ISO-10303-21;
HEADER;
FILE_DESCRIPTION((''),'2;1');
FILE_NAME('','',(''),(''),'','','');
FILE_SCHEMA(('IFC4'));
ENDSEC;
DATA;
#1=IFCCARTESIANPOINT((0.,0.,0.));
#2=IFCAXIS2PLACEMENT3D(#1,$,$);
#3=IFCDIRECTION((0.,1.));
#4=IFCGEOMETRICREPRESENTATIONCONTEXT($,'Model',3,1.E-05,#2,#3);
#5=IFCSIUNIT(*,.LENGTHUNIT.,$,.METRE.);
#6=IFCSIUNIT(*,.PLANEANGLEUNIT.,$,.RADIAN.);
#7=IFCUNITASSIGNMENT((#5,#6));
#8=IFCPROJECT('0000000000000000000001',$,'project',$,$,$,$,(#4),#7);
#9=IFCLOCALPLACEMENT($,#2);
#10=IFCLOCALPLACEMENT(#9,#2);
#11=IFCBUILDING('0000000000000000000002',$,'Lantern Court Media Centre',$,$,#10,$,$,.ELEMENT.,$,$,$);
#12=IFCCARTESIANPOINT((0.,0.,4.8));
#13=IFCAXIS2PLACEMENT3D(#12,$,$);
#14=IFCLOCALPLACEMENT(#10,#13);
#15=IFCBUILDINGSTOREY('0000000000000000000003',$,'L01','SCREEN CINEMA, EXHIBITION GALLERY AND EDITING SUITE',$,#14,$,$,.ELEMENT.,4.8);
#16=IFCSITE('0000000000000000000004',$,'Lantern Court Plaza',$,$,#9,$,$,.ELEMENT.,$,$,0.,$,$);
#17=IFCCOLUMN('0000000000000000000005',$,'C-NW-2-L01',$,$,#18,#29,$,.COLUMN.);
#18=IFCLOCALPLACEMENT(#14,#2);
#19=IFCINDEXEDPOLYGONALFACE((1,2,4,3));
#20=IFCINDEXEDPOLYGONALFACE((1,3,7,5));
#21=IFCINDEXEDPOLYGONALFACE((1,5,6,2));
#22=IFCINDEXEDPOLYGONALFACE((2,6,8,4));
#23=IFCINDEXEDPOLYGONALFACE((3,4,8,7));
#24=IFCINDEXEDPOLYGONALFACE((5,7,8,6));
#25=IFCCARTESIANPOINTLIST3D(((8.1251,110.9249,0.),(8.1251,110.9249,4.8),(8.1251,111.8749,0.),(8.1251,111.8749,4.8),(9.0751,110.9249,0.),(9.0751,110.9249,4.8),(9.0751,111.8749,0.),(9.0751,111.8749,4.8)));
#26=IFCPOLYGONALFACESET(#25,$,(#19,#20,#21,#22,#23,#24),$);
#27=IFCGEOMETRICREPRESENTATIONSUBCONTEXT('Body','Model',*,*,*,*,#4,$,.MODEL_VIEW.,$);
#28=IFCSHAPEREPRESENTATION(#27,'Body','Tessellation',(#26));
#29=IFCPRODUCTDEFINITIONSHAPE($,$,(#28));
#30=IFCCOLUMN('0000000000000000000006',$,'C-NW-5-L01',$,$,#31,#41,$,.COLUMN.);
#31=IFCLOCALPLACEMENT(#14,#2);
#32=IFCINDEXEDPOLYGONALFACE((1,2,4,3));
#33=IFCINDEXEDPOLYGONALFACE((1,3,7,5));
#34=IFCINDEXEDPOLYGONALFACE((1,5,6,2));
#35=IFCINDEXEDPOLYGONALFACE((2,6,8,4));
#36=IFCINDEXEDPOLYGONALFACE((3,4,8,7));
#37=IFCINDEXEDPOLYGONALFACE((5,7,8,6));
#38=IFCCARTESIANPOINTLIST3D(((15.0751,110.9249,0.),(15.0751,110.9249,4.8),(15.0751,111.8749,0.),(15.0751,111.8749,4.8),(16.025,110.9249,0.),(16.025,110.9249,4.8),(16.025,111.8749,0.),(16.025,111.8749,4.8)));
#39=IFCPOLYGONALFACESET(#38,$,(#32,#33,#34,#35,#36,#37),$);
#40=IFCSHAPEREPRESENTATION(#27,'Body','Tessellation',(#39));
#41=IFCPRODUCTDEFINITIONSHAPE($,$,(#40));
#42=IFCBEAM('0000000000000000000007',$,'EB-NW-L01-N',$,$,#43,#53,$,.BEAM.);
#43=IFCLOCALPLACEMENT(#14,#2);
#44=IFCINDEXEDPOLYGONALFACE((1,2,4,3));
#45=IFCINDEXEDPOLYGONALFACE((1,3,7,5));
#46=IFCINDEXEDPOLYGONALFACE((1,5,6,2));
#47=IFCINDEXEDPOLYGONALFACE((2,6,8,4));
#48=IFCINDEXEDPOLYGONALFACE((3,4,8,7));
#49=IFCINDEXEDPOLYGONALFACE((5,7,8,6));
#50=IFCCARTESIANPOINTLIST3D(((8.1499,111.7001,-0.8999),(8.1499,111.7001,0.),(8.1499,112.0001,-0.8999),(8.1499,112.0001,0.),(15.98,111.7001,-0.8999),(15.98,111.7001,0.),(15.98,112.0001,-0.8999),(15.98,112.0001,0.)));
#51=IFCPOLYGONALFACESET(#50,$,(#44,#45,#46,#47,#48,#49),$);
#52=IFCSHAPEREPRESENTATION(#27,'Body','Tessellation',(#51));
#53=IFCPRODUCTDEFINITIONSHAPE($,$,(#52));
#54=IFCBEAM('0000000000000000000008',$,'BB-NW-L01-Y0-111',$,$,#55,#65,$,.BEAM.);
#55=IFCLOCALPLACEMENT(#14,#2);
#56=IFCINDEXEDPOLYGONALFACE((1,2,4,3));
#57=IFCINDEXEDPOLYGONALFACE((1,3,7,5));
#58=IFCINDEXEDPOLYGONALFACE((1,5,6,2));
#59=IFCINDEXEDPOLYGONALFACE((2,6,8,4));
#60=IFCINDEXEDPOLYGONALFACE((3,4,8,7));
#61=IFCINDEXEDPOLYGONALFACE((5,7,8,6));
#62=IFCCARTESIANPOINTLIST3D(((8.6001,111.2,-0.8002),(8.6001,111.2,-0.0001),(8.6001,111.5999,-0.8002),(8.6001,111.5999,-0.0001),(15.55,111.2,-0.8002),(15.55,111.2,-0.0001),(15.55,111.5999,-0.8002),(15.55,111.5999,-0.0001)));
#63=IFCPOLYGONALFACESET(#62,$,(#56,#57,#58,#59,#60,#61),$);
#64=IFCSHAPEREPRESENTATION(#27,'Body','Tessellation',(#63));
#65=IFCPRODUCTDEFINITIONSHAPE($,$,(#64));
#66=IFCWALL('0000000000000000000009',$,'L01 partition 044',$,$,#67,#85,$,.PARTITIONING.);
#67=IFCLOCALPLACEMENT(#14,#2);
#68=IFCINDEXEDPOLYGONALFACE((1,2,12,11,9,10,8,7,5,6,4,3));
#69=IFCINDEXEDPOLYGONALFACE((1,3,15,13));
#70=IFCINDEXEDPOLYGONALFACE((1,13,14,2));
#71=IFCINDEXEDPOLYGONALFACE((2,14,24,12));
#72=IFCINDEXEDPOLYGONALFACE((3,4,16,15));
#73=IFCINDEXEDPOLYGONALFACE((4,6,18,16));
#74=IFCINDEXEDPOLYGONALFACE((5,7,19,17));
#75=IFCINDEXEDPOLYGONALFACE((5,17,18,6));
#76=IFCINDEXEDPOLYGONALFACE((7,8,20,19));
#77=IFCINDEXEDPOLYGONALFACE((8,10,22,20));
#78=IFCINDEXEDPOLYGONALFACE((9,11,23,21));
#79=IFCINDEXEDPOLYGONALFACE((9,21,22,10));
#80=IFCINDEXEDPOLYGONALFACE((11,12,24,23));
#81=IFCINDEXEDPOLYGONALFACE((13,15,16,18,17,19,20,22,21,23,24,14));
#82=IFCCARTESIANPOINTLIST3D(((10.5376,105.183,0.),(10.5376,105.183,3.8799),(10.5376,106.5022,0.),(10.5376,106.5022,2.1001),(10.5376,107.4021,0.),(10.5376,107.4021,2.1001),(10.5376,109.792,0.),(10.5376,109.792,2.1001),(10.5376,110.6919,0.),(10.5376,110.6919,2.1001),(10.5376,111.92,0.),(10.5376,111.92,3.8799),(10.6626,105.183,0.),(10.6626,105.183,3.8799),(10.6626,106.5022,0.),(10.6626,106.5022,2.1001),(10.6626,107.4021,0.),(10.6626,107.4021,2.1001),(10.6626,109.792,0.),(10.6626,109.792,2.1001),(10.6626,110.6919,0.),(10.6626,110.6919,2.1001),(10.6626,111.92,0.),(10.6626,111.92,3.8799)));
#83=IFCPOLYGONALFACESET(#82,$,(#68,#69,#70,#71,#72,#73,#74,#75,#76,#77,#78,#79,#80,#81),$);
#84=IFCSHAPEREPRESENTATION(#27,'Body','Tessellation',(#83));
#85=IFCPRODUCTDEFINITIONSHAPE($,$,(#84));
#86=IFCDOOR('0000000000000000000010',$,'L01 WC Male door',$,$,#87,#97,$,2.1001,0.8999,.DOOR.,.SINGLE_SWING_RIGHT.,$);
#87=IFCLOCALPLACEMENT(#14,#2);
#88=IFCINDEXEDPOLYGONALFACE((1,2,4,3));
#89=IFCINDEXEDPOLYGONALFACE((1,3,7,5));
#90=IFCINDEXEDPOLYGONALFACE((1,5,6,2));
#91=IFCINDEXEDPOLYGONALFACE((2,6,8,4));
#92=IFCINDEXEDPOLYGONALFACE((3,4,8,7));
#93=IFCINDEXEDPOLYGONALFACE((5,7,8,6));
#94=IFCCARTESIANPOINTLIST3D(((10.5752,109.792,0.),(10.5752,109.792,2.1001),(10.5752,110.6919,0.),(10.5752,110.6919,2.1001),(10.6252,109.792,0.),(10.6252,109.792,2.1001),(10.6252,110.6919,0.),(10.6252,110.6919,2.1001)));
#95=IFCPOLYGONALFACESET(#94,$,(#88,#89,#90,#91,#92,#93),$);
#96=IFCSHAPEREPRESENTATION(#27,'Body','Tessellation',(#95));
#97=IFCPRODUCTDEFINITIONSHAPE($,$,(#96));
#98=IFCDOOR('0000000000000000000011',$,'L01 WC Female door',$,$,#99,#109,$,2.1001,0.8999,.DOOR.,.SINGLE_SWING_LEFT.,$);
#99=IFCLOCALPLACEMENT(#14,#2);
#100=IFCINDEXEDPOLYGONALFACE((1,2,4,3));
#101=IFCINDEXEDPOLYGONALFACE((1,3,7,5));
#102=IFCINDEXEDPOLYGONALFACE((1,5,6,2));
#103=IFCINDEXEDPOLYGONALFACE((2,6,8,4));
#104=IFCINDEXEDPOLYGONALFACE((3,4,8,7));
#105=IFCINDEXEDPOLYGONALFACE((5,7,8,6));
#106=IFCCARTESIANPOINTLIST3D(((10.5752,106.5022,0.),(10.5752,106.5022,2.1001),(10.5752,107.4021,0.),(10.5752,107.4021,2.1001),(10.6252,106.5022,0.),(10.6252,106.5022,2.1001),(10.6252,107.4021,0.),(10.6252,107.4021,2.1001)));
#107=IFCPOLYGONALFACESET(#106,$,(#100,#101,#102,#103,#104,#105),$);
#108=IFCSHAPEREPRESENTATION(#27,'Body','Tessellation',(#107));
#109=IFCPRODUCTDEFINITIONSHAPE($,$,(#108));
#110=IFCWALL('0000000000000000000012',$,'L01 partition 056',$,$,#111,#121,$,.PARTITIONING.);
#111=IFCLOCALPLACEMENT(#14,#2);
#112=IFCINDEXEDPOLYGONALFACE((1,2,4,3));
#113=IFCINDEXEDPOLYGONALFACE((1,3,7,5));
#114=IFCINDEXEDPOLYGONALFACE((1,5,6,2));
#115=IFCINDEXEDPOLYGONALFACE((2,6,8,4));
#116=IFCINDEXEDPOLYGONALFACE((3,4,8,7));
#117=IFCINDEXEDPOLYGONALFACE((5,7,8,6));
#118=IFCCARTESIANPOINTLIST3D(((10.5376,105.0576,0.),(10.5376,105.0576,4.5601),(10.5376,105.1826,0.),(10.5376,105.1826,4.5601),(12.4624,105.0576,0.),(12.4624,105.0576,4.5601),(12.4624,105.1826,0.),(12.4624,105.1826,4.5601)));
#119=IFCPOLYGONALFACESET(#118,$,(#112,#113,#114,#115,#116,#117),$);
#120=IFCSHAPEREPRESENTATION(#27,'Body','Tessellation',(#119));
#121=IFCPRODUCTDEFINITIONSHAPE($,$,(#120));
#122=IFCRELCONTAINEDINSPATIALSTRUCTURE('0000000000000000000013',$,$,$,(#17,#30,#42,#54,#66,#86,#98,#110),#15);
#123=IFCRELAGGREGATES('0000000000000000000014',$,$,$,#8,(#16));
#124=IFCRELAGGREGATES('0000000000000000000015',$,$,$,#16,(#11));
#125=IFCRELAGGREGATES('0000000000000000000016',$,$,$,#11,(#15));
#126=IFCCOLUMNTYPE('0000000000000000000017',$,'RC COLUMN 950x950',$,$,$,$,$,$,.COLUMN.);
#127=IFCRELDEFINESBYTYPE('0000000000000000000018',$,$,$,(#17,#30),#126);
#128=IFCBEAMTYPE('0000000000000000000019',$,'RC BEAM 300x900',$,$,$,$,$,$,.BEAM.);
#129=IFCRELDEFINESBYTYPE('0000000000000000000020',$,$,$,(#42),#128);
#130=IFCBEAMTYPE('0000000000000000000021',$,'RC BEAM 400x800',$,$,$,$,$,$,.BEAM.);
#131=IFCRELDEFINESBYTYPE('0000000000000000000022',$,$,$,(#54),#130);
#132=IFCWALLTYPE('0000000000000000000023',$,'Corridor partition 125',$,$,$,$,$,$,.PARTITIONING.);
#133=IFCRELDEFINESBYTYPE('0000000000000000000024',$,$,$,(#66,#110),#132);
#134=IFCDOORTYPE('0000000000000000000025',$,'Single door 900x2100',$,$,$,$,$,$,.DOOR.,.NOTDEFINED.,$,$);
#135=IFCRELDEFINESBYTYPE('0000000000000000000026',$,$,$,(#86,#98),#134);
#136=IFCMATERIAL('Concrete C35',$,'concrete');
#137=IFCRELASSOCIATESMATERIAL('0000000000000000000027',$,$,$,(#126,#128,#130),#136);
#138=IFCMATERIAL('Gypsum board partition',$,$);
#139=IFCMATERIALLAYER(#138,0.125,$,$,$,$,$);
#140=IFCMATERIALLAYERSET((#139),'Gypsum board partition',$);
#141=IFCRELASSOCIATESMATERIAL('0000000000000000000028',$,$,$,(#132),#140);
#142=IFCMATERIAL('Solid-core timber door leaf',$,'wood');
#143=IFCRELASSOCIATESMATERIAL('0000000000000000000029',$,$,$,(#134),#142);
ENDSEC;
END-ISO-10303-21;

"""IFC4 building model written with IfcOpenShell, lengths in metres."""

from ifc_helpers import new_model, si_unit, direction, frame, frame_2d, origin, origin_2d, place, context, subcontext, project, spatial, rectangle, extrude, material, layer, layer_set, material_profile, profile_set, type_object, element, fill, save


model = new_model("IFC4")

# Units and contexts
model_context = context("Model", 3, precision=1e-05, world=origin(), true_north=direction((0.0, 1.0)))
body_context = subcontext(model_context, "Body", "Model", "MODEL_VIEW")
ifc_project = project(units=[si_unit("LENGTHUNIT", "METRE"), si_unit("PLANEANGLEUNIT", "RADIAN")], contexts=[model_context])

# Site, building, storey
site_placement = place(None, origin())
site = spatial("IfcSite", under=ifc_project, at=site_placement, Name="Lantern Court Plaza", CompositionType="ELEMENT", RefElevation=0.0)
building_placement = place(site_placement, origin())
building = spatial("IfcBuilding", under=site, at=building_placement, Name="Lantern Court Media Centre", CompositionType="ELEMENT")
storey_placement = place(building_placement, frame((0.0, 0.0, 4.8)))
storey = spatial("IfcBuildingStorey", under=building, at=storey_placement, Name="L01", Description="SCREEN CINEMA, EXHIBITION GALLERY AND EDITING SUITE", CompositionType="ELEMENT", Elevation=4.8)

# Columns
ifc_material_1 = material(Name="Concrete C35", Category="concrete")
ifc_material_profile_1 = material_profile(ifc_material_1, rectangle(XDim=0.95, YDim=0.95, at=origin_2d()), Name="RC 950x950")
ifc_profile_set_1 = profile_set([ifc_material_profile_1], Name="Concrete C35")
column_type = type_object("IfcColumnType", Name="RC COLUMN 950x950", PredefinedType="COLUMN", material=ifc_profile_set_1)
for number, where, z_axis, x_axis, name in (
    (1, (8.6001, 111.3999, 0.0), (0.0, 0.0, 1.0), (1.0, 0.0, 0.0), "C-NW-2-L01"),
    (2, (15.55, 111.3999, 0.0), (0.0, 0.0, 1.0), (1.0, 0.0, 0.0), "C-NW-5-L01"),
):
    element("IfcColumn", number, at=place(storey_placement, frame(where, z_axis=z_axis, x_axis=x_axis)), inside=storey, type_object=column_type, Name=name, PredefinedType="COLUMN", context=body_context, shape_type="SweptSolid", body=[
        extrude(rectangle(XDim=0.95, YDim=0.95, at=origin_2d()), origin(), (0.0, 0.0, 1.0), 4.8),
    ])

# Beams
ifc_material_profile_2 = material_profile(ifc_material_1, rectangle(XDim=0.3, YDim=0.8999, at=origin_2d()), Name="RC 300x900")
ifc_profile_set_2 = profile_set([ifc_material_profile_2], Name="Concrete C35")
beam_type_1 = type_object("IfcBeamType", Name="RC BEAM 300x900", PredefinedType="BEAM", material=ifc_profile_set_2)
beam_1_placement = place(storey_placement, frame((8.1499, 111.8501, -0.45), z_axis=(1.0, 0.0, 0.0), x_axis=(0.0, 1.0, 0.0)))
element("IfcBeam", 3, at=beam_1_placement, inside=storey, type_object=beam_type_1, Name="EB-NW-L01-N", PredefinedType="BEAM", context=body_context, shape_type="SweptSolid", body=[
    extrude(rectangle(XDim=0.3, YDim=0.8999, at=origin_2d()), origin(), (0.0, 0.0, 1.0), 7.8301),
])
ifc_material_profile_3 = material_profile(ifc_material_1, rectangle(XDim=0.3999, YDim=0.8, at=origin_2d()), Name="RC 400x800")
ifc_profile_set_3 = profile_set([ifc_material_profile_3], Name="Concrete C35")
beam_type_2 = type_object("IfcBeamType", Name="RC BEAM 400x800", PredefinedType="BEAM", material=ifc_profile_set_3)
beam_2_placement = place(storey_placement, frame((8.6001, 111.3999, -0.4001), z_axis=(1.0, 0.0, 0.0), x_axis=(0.0, 1.0, 0.0)))
element("IfcBeam", 4, at=beam_2_placement, inside=storey, type_object=beam_type_2, Name="BB-NW-L01-Y0-111", PredefinedType="BEAM", context=body_context, shape_type="SweptSolid", body=[
    extrude(rectangle(XDim=0.3999, YDim=0.8, at=origin_2d()), origin(), (0.0, 0.0, 1.0), 6.95),
])

# Wall, openings, doors
ifc_material_2 = material(Name="Gypsum board partition")
ifc_layer_1 = layer(ifc_material_2, 0.125)
ifc_layer_set_1 = layer_set([ifc_layer_1], Name="Gypsum board partition")
wall_type_1 = type_object("IfcWallType", Name="Corridor partition 125", PredefinedType="PARTITIONING", material=ifc_layer_set_1)
wall_1_placement = place(storey_placement, frame((10.6001, 105.1829, 0.0), z_axis=(0.0, 0.0, 1.0), x_axis=(0.0, 1.0, 0.0)))
wall_1 = element("IfcWall", 5, at=wall_1_placement, inside=storey, type_object=wall_type_1, Name="L01 partition 044", PredefinedType="PARTITIONING", context=body_context, shape_type="SweptSolid", body=[
    extrude(rectangle(XDim=6.7371, YDim=0.125, at=frame_2d((3.3687, 0.0))), origin(), (0.0, 0.0, 1.0), 3.8799),
])
opening_1_placement = place(wall_1_placement, frame((4.6091, 0.0, 0.0)))
opening_1 = element("IfcOpeningElement", 6, at=opening_1_placement, cuts=wall_1, PredefinedType="OPENING", context=body_context, shape_type="SweptSolid", body=[
    extrude(rectangle(XDim=0.8999, YDim=2.1001, at=frame_2d((0.45, 1.05))), frame((0.0, 0.0725, 0.0), z_axis=(0.0, -1.0, 0.0), x_axis=(1.0, 0.0, 0.0)), (0.0, 0.0, 1.0), 0.145),
])
opening_2_placement = place(wall_1_placement, frame((1.3193, 0.0, 0.0)))
opening_2 = element("IfcOpeningElement", 7, at=opening_2_placement, cuts=wall_1, PredefinedType="OPENING", context=body_context, shape_type="SweptSolid", body=[
    extrude(rectangle(XDim=0.8999, YDim=2.1001, at=frame_2d((0.45, 1.05))), frame((0.0, 0.0725, 0.0), z_axis=(0.0, -1.0, 0.0), x_axis=(1.0, 0.0, 0.0)), (0.0, 0.0, 1.0), 0.145),
])
ifc_material_3 = material(Name="Solid-core timber door leaf", Category="wood")
door_type = type_object("IfcDoorType", Name="Single door 900x2100", OperationType="NOTDEFINED", PredefinedType="DOOR", material=ifc_material_3)
door_1_placement = place(opening_1_placement, origin())
door_1 = element("IfcDoor", 8, at=door_1_placement, inside=storey, type_object=door_type, Name="L01 WC Male door", OperationType="SINGLE_SWING_RIGHT", OverallHeight=2.1001, OverallWidth=0.8999, PredefinedType="DOOR", context=body_context, shape_type="SweptSolid", body=[
    extrude(rectangle(XDim=0.8999, YDim=2.1001, at=frame_2d((0.45, 1.05))), frame((0.0, 0.0249, 0.0), z_axis=(0.0, -1.0, 0.0), x_axis=(1.0, 0.0, 0.0)), (0.0, 0.0, 1.0), 0.05),
])
fill(opening_1, door_1)
door_2_placement = place(opening_2_placement, origin())
door_2 = element("IfcDoor", 9, at=door_2_placement, inside=storey, type_object=door_type, Name="L01 WC Female door", OperationType="SINGLE_SWING_LEFT", OverallHeight=2.1001, OverallWidth=0.8999, PredefinedType="DOOR", context=body_context, shape_type="SweptSolid", body=[
    extrude(rectangle(XDim=0.8999, YDim=2.1001, at=frame_2d((0.45, 1.05))), frame((0.0, 0.0249, 0.0), z_axis=(0.0, -1.0, 0.0), x_axis=(1.0, 0.0, 0.0)), (0.0, 0.0, 1.0), 0.05),
])
fill(opening_2, door_2)

# Wall
wall_2_placement = place(storey_placement, frame((10.5376, 105.1201, 0.0), z_axis=(0.0, 0.0, 1.0), x_axis=(1.0, 0.0, 0.0)))
element("IfcWall", 10, at=wall_2_placement, inside=storey, type_object=wall_type_1, Name="L01 partition 056", PredefinedType="PARTITIONING", context=body_context, shape_type="SweptSolid", body=[
    extrude(rectangle(XDim=1.9248, YDim=0.125, at=frame_2d((0.9624, 0.0))), origin(), (0.0, 0.0, 1.0), 4.5601),
])

save(model, "model.ifc")
